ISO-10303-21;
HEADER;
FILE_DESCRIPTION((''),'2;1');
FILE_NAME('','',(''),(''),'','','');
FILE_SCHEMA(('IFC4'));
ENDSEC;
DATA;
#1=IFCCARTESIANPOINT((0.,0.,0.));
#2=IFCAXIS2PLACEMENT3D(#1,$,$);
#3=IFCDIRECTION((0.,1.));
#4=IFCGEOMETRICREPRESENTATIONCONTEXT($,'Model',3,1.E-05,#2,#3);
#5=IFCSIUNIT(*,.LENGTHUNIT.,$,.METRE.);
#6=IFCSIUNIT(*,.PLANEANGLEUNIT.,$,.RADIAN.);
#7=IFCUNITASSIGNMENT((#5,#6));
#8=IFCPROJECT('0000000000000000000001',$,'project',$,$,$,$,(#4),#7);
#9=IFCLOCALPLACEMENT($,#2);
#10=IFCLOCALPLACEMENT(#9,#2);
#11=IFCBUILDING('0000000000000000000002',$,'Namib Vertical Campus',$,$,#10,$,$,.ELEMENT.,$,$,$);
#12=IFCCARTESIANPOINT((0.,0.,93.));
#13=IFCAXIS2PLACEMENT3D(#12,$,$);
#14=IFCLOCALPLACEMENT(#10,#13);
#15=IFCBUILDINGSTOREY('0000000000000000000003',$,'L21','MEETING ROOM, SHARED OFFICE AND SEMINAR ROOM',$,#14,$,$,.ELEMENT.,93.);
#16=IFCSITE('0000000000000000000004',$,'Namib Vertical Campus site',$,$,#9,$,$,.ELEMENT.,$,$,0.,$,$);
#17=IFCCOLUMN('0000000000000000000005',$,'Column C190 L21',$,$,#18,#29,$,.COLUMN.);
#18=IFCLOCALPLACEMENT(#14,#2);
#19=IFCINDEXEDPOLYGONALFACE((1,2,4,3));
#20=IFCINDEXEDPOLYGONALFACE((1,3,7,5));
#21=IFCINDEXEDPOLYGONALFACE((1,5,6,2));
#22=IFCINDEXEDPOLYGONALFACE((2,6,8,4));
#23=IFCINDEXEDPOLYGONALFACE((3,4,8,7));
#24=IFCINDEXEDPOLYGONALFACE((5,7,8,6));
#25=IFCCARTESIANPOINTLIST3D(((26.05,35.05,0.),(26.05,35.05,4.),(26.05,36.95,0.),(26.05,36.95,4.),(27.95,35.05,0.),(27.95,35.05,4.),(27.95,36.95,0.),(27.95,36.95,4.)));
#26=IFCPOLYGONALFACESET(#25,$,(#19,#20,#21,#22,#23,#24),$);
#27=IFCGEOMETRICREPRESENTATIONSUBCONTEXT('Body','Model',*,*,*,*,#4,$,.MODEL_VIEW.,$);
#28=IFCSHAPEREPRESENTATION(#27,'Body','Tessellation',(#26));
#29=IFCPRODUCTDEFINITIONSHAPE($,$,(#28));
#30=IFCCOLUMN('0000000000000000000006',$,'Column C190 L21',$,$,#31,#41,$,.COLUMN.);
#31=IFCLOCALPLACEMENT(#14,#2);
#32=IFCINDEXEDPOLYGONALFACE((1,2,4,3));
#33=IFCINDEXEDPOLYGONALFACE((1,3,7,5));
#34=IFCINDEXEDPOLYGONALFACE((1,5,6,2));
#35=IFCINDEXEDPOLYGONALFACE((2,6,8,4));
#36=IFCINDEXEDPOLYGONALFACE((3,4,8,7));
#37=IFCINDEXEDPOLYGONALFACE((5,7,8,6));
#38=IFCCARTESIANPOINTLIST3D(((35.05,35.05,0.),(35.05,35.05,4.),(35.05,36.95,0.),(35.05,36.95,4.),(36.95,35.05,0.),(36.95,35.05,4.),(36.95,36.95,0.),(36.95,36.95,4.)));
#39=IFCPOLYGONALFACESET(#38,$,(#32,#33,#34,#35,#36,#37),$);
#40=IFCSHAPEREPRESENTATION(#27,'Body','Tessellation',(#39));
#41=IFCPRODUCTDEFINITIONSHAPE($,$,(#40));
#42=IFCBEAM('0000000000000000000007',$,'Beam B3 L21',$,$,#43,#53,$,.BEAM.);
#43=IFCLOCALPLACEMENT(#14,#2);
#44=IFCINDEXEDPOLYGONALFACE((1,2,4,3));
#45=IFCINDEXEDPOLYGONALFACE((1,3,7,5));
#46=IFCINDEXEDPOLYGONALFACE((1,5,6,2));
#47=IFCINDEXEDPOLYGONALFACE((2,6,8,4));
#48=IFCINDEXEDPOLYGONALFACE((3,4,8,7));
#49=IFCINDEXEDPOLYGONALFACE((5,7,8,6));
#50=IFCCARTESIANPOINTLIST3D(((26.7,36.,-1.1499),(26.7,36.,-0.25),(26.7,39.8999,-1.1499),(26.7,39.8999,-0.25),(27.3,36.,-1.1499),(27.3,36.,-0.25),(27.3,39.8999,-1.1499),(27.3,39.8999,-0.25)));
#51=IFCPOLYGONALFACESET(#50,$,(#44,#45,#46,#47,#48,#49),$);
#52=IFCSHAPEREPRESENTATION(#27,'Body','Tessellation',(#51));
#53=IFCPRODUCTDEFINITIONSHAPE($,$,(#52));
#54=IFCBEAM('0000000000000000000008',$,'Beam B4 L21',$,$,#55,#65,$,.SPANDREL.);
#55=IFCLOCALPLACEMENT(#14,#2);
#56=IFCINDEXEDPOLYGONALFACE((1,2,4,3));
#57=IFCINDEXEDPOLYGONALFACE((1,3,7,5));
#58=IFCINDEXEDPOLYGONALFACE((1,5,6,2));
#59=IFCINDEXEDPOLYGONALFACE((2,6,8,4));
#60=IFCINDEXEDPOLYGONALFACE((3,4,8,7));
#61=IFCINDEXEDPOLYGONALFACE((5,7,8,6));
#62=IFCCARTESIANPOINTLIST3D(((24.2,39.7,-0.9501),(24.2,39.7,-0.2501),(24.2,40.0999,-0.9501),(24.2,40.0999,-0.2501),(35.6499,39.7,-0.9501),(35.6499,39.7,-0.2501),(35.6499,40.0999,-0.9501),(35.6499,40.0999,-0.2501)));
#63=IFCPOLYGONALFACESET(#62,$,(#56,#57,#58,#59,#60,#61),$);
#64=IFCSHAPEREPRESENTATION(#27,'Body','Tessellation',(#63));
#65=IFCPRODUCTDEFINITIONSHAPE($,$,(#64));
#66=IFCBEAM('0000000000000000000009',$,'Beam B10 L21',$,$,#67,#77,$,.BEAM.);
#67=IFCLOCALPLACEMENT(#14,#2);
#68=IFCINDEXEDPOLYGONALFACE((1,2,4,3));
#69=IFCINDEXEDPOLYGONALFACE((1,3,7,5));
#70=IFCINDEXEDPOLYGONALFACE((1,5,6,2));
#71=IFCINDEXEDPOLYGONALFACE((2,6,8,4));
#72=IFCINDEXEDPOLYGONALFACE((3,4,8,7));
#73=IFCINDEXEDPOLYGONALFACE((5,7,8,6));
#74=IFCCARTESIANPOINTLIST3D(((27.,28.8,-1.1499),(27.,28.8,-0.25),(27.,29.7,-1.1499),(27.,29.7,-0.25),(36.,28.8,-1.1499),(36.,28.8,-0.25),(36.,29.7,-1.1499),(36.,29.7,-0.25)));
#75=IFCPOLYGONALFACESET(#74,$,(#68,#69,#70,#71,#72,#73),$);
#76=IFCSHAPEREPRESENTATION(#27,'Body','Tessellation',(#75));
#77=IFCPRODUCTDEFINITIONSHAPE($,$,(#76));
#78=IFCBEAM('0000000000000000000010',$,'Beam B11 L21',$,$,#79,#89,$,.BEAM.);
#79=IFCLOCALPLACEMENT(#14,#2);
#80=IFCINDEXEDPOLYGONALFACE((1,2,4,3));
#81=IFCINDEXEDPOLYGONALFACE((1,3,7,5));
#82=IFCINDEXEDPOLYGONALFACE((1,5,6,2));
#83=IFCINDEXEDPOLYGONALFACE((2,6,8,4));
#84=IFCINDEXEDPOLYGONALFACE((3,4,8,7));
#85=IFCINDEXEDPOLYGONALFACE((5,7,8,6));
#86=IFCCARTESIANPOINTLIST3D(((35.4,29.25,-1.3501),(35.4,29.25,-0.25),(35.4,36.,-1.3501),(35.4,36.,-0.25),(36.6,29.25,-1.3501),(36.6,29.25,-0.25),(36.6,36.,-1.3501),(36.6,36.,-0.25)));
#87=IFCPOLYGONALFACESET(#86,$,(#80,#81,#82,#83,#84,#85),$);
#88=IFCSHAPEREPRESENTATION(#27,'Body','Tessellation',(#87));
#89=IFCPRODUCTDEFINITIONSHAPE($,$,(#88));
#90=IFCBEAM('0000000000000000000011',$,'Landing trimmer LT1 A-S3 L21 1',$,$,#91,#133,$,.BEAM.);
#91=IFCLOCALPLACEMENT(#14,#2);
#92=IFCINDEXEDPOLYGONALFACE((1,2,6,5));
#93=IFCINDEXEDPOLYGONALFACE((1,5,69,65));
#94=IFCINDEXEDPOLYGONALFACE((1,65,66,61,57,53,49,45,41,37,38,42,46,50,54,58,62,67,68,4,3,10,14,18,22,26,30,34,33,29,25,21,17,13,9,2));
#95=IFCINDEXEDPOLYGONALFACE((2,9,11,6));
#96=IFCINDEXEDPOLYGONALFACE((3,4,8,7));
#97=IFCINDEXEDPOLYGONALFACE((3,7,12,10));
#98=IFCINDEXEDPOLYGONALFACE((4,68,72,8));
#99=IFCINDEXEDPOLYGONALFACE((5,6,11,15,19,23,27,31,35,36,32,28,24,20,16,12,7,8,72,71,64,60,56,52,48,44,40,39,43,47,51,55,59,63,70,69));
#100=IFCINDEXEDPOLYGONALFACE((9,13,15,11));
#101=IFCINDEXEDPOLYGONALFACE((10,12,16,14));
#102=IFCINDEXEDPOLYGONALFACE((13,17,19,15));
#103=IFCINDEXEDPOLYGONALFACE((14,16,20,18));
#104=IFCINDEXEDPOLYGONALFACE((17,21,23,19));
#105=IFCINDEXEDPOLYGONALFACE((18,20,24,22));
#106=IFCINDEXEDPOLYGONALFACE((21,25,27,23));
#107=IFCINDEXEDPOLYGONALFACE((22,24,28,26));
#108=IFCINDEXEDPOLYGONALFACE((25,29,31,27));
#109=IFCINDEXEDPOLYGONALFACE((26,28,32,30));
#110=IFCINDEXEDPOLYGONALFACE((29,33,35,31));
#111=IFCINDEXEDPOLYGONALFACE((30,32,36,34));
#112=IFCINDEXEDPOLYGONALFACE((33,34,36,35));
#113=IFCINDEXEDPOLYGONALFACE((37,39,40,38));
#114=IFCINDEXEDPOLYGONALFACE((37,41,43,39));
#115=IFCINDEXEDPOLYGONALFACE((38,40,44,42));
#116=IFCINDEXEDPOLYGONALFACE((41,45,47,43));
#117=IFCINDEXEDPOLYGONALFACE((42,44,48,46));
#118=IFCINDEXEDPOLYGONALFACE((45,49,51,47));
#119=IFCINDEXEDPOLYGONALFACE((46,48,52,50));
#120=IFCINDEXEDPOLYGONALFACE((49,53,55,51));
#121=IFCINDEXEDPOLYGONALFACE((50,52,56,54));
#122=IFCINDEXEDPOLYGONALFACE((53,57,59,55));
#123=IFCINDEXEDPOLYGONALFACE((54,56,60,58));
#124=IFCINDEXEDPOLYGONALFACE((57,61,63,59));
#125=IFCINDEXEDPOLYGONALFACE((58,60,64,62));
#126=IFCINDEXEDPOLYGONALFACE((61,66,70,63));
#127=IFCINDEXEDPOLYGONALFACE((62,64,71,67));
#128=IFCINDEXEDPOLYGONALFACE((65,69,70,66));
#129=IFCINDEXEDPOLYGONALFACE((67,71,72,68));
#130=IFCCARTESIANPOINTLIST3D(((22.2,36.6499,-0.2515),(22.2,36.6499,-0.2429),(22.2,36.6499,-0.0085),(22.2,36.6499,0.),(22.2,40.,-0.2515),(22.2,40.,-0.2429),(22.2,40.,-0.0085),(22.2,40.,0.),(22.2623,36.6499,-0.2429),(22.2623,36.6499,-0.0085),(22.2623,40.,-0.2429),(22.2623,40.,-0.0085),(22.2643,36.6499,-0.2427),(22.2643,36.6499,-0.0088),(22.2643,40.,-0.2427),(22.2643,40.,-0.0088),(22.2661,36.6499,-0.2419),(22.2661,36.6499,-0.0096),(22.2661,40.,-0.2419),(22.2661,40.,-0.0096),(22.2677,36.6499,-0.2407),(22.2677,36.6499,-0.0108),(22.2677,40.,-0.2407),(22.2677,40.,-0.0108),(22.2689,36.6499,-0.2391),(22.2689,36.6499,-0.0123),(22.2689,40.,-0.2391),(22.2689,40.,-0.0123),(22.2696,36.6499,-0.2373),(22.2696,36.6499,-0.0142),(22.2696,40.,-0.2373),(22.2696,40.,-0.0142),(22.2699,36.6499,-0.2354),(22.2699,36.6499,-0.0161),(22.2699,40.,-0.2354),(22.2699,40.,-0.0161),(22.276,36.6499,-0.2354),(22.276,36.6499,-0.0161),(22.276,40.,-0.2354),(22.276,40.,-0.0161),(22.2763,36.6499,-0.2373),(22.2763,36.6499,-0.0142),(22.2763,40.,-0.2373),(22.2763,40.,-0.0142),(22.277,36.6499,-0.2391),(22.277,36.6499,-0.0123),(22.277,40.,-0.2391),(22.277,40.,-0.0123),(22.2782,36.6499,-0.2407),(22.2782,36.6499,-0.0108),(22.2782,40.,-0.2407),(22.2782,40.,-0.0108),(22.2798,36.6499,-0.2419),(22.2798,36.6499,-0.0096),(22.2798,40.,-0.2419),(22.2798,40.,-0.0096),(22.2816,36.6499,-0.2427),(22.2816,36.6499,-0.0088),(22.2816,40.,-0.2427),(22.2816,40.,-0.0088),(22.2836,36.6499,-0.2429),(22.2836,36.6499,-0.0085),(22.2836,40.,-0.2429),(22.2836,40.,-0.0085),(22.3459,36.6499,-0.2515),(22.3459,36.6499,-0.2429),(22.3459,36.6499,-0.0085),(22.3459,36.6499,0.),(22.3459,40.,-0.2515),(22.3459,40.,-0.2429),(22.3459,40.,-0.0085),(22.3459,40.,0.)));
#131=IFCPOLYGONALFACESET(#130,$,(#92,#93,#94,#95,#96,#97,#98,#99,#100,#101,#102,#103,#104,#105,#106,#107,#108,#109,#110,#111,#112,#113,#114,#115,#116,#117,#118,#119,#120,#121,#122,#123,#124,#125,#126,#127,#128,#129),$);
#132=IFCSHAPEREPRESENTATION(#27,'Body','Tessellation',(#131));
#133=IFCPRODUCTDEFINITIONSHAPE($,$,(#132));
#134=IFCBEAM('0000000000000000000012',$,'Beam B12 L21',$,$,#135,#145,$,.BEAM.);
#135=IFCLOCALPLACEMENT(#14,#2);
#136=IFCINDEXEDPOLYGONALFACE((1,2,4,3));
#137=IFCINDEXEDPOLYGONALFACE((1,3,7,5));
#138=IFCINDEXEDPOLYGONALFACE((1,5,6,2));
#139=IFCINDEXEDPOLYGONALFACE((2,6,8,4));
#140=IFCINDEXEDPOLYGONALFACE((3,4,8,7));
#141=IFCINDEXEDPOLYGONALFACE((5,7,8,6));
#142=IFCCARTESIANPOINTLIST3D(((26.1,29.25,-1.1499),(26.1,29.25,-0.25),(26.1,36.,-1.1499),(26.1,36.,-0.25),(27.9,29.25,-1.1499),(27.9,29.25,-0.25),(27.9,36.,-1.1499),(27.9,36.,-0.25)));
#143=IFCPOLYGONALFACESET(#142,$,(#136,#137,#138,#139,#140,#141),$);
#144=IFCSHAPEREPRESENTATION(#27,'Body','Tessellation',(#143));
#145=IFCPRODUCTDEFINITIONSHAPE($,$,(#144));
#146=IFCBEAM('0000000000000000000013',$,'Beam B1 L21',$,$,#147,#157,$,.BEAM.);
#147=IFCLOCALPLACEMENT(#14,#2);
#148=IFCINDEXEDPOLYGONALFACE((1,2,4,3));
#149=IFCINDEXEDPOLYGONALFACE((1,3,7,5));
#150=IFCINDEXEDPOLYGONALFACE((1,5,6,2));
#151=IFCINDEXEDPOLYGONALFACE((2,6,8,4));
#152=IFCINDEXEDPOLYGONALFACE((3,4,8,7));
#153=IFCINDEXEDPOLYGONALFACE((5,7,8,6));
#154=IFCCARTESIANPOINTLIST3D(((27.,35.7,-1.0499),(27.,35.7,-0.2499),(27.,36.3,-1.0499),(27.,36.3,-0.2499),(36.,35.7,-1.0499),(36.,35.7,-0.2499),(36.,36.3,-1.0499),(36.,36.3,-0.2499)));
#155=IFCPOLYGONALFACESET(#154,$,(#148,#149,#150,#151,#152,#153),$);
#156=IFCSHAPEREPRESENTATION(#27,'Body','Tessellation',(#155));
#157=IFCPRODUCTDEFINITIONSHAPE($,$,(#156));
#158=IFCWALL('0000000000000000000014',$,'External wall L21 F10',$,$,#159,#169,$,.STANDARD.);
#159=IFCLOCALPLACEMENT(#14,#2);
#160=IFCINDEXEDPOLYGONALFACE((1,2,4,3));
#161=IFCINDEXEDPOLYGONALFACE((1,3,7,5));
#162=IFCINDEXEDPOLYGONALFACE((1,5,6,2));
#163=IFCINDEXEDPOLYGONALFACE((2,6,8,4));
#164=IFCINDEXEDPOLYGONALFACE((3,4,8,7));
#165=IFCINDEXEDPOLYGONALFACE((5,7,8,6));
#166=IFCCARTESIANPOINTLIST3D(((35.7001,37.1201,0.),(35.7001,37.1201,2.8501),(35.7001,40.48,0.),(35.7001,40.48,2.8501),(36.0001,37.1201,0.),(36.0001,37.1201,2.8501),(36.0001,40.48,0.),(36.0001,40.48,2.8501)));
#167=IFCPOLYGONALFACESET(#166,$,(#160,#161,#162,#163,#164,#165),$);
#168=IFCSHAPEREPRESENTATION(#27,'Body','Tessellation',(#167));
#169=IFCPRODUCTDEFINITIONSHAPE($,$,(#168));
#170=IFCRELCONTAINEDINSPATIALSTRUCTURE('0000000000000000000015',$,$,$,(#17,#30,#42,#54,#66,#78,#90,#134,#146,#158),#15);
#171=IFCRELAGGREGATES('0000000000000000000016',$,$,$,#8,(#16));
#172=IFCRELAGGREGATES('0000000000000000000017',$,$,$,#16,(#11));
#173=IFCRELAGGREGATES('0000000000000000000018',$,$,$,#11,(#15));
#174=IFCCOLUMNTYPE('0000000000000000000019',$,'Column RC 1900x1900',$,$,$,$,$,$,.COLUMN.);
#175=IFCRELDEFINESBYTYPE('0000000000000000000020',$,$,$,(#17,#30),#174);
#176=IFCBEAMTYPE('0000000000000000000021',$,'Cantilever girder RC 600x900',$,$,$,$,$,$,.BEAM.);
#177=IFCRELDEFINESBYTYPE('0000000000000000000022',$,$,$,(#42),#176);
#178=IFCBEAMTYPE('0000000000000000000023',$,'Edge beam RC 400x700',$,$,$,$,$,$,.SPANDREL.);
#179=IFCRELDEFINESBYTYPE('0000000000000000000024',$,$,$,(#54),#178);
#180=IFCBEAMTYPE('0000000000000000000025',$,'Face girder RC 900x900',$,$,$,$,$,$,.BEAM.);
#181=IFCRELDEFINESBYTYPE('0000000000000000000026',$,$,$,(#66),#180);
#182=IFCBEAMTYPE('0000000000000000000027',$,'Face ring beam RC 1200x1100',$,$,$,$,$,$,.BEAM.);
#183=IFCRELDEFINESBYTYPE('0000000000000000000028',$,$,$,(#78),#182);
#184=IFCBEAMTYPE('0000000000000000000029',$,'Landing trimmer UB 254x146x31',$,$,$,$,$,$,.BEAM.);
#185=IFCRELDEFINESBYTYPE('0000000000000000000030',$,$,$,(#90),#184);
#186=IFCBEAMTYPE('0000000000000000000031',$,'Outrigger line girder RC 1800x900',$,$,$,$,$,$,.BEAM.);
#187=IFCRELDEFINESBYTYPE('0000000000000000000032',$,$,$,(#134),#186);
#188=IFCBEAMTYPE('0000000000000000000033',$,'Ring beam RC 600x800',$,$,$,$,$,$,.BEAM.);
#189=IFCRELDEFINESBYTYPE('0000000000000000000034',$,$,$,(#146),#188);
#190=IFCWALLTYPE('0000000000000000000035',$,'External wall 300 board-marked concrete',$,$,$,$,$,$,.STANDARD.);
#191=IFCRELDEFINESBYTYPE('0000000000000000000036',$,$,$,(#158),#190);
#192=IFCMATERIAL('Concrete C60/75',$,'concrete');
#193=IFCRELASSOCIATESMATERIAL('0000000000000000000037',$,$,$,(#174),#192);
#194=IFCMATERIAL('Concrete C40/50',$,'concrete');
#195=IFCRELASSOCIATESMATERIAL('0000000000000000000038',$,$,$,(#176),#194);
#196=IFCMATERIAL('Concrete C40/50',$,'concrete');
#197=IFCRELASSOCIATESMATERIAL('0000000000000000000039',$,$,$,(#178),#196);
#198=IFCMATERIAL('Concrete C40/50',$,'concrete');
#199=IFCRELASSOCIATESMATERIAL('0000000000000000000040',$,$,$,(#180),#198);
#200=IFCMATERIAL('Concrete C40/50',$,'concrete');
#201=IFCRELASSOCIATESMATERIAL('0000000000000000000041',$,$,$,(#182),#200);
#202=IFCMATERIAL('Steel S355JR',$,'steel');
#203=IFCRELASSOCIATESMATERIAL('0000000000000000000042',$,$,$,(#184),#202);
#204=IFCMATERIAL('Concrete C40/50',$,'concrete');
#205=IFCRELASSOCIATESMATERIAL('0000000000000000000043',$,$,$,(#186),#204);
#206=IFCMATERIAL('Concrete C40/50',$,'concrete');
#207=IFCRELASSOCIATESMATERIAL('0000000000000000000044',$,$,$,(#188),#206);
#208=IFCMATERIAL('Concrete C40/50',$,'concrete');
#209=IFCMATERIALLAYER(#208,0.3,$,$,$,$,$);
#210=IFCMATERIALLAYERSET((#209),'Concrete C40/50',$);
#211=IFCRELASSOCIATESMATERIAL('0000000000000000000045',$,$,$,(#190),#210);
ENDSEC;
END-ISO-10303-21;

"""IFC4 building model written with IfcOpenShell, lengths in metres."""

from ifc_helpers import new_model, si_unit, direction, frame, frame_2d, origin, origin_2d, place, context, subcontext, project, spatial, rectangle, i_section, extrude, material, layer, layer_set, material_profile, profile_set, type_object, element, save


model = new_model("IFC4")

# Units and contexts
model_context = context("Model", 3, precision=1e-05, world=origin(), true_north=direction((0.0, 1.0)))
body_context = subcontext(model_context, "Body", "Model", "MODEL_VIEW")
ifc_project = project(units=[si_unit("LENGTHUNIT", "METRE"), si_unit("PLANEANGLEUNIT", "RADIAN")], contexts=[model_context])

# Site, building, storey
site_placement = place(None, origin())
site = spatial("IfcSite", under=ifc_project, at=site_placement, Name="Namib Vertical Campus site", CompositionType="ELEMENT", RefElevation=0.0)
building_placement = place(site_placement, origin())
building = spatial("IfcBuilding", under=site, at=building_placement, Name="Namib Vertical Campus", CompositionType="ELEMENT")
storey_placement = place(building_placement, frame((0.0, 0.0, 93.0)))
storey = spatial("IfcBuildingStorey", under=building, at=storey_placement, Name="L21", Description="MEETING ROOM, SHARED OFFICE AND SEMINAR ROOM", CompositionType="ELEMENT", Elevation=93.0)

# Columns
ifc_material_1 = material(Name="Concrete C60/75", Category="concrete")
ifc_material_profile_1 = material_profile(ifc_material_1, rectangle(XDim=1.8999, YDim=1.8999, at=origin_2d()))
ifc_profile_set_1 = profile_set([ifc_material_profile_1], Name="Concrete C60/75")
column_type = type_object("IfcColumnType", Name="Column RC 1900x1900", PredefinedType="COLUMN", material=ifc_profile_set_1)
for number, where, z_axis, x_axis, name in (
    (1, (27.0, 36.0, 0.0), (0.0, 0.0, 1.0), (1.0, 0.0, 0.0), "Column C190 L21"),
    (2, (36.0, 36.0, 0.0), (0.0, 0.0, 1.0), (1.0, 0.0, 0.0), "Column C190 L21"),
):
    element("IfcColumn", number, at=place(storey_placement, frame(where, z_axis=z_axis, x_axis=x_axis)), inside=storey, type_object=column_type, Name=name, PredefinedType="COLUMN", context=body_context, shape_type="SweptSolid", body=[
        extrude(rectangle(XDim=1.8999, YDim=1.8999, at=origin_2d()), origin(), (0.0, 0.0, 1.0), 4.0),
    ])

# Beams
ifc_material_2 = material(Name="Concrete C40/50", Category="concrete")
ifc_material_profile_2 = material_profile(ifc_material_2, rectangle(XDim=0.6001, YDim=0.8999, at=origin_2d()))
ifc_profile_set_2 = profile_set([ifc_material_profile_2], Name="Concrete C40/50")
beam_type_1 = type_object("IfcBeamType", Name="Cantilever girder RC 600x900", PredefinedType="BEAM", material=ifc_profile_set_2)
beam_1_placement = place(storey_placement, frame((27.0, 36.0, -0.7), z_axis=(0.0, 1.0, 0.0), x_axis=(-1.0, 0.0, 0.0)))
element("IfcBeam", 3, at=beam_1_placement, inside=storey, type_object=beam_type_1, Name="Beam B3 L21", PredefinedType="BEAM", context=body_context, shape_type="SweptSolid", body=[
    extrude(rectangle(XDim=0.6001, YDim=0.8999, at=origin_2d()), origin(), (0.0, 0.0, 1.0), 3.8999),
])
ifc_material_3 = material(Name="Concrete C40/50", Category="concrete")
ifc_material_profile_3 = material_profile(ifc_material_3, rectangle(XDim=0.3999, YDim=0.7, at=origin_2d()))
ifc_profile_set_3 = profile_set([ifc_material_profile_3], Name="Concrete C40/50")
beam_type_2 = type_object("IfcBeamType", Name="Edge beam RC 400x700", PredefinedType="SPANDREL", material=ifc_profile_set_3)
beam_2_placement = place(storey_placement, frame((24.2, 39.8999, -0.6001), z_axis=(1.0, 0.0, 0.0), x_axis=(0.0, 1.0, 0.0)))
element("IfcBeam", 4, at=beam_2_placement, inside=storey, type_object=beam_type_2, Name="Beam B4 L21", PredefinedType="SPANDREL", context=body_context, shape_type="SweptSolid", body=[
    extrude(rectangle(XDim=0.3999, YDim=0.7, at=origin_2d()), origin(), (0.0, 0.0, 1.0), 11.45),
])
ifc_material_4 = material(Name="Concrete C40/50", Category="concrete")
ifc_material_profile_4 = material_profile(ifc_material_4, rectangle(XDim=0.8999, YDim=0.8999, at=origin_2d()))
ifc_profile_set_4 = profile_set([ifc_material_profile_4], Name="Concrete C40/50")
beam_type_3 = type_object("IfcBeamType", Name="Face girder RC 900x900", PredefinedType="BEAM", material=ifc_profile_set_4)
beam_3_placement = place(storey_placement, frame((36.0, 29.25, -0.7), z_axis=(-1.0, 0.0, 0.0), x_axis=(0.0, -1.0, 0.0)))
element("IfcBeam", 5, at=beam_3_placement, inside=storey, type_object=beam_type_3, Name="Beam B10 L21", PredefinedType="BEAM", context=body_context, shape_type="SweptSolid", body=[
    extrude(rectangle(XDim=0.8999, YDim=0.8999, at=origin_2d()), origin(), (0.0, 0.0, 1.0), 9.0),
])
ifc_material_5 = material(Name="Concrete C40/50", Category="concrete")
ifc_material_profile_5 = material_profile(ifc_material_5, rectangle(XDim=1.2, YDim=1.1001, at=origin_2d()))
ifc_profile_set_5 = profile_set([ifc_material_profile_5], Name="Concrete C40/50")
beam_type_4 = type_object("IfcBeamType", Name="Face ring beam RC 1200x1100", PredefinedType="BEAM", material=ifc_profile_set_5)
beam_4_placement = place(storey_placement, frame((36.0, 29.25, -0.8), z_axis=(0.0, 1.0, 0.0), x_axis=(-1.0, 0.0, 0.0)))
element("IfcBeam", 6, at=beam_4_placement, inside=storey, type_object=beam_type_4, Name="Beam B11 L21", PredefinedType="BEAM", context=body_context, shape_type="SweptSolid", body=[
    extrude(rectangle(XDim=1.2, YDim=1.1001, at=origin_2d()), origin(), (0.0, 0.0, 1.0), 6.75),
])
ifc_material_6 = material(Name="Steel S355JR", Category="steel")
ifc_material_profile_6 = material_profile(ifc_material_6, i_section(OverallWidth=0.146, OverallDepth=0.2515, WebThickness=0.0061, FlangeThickness=0.0085, FilletRadius=0.0076, at=origin_2d()))
ifc_profile_set_6 = profile_set([ifc_material_profile_6], Name="Steel S355JR")
beam_type_5 = type_object("IfcBeamType", Name="Landing trimmer UB 254x146x31", PredefinedType="BEAM", material=ifc_profile_set_6)
beam_5_placement = place(storey_placement, frame((22.2729, 36.6499, -0.1257), z_axis=(0.0, 1.0, 0.0), x_axis=(-1.0, 0.0, 0.0)))
element("IfcBeam", 7, at=beam_5_placement, inside=storey, type_object=beam_type_5, Name="Landing trimmer LT1 A-S3 L21 1", PredefinedType="BEAM", context=body_context, shape_type="SweptSolid", body=[
    extrude(i_section(OverallWidth=0.146, OverallDepth=0.2515, WebThickness=0.0061, FlangeThickness=0.0085, FilletRadius=0.0076, at=origin_2d()), origin(), (0.0, 0.0, 1.0), 3.3501),
])
ifc_material_7 = material(Name="Concrete C40/50", Category="concrete")
ifc_material_profile_7 = material_profile(ifc_material_7, rectangle(XDim=1.8, YDim=0.8999, at=origin_2d()))
ifc_profile_set_7 = profile_set([ifc_material_profile_7], Name="Concrete C40/50")
beam_type_6 = type_object("IfcBeamType", Name="Outrigger line girder RC 1800x900", PredefinedType="BEAM", material=ifc_profile_set_7)
beam_6_placement = place(storey_placement, frame((27.0, 36.0, -0.7), z_axis=(0.0, -1.0, 0.0), x_axis=(1.0, 0.0, 0.0)))
element("IfcBeam", 8, at=beam_6_placement, inside=storey, type_object=beam_type_6, Name="Beam B12 L21", PredefinedType="BEAM", context=body_context, shape_type="SweptSolid", body=[
    extrude(rectangle(XDim=1.8, YDim=0.8999, at=origin_2d()), origin(), (0.0, 0.0, 1.0), 6.75),
])
ifc_material_8 = material(Name="Concrete C40/50", Category="concrete")
ifc_material_profile_8 = material_profile(ifc_material_8, rectangle(XDim=0.6001, YDim=0.8, at=origin_2d()))
ifc_profile_set_8 = profile_set([ifc_material_profile_8], Name="Concrete C40/50")
beam_type_7 = type_object("IfcBeamType", Name="Ring beam RC 600x800", PredefinedType="BEAM", material=ifc_profile_set_8)
beam_7_placement = place(storey_placement, frame((27.0, 36.0, -0.6499), z_axis=(1.0, 0.0, 0.0), x_axis=(0.0, 1.0, 0.0)))
element("IfcBeam", 9, at=beam_7_placement, inside=storey, type_object=beam_type_7, Name="Beam B1 L21", PredefinedType="BEAM", context=body_context, shape_type="SweptSolid", body=[
    extrude(rectangle(XDim=0.6001, YDim=0.8, at=origin_2d()), origin(), (0.0, 0.0, 1.0), 9.0),
])

# Wall
ifc_material_9 = material(Name="Concrete C40/50", Category="concrete")
ifc_layer_1 = layer(ifc_material_9, 0.3)
ifc_layer_set_1 = layer_set([ifc_layer_1], Name="Concrete C40/50")
wall_type_1 = type_object("IfcWallType", Name="External wall 300 board-marked concrete", PredefinedType="STANDARD", material=ifc_layer_set_1)
wall_1_placement = place(storey_placement, frame((35.8501, 37.1201, 0.0), z_axis=(0.0, 0.0, 1.0), x_axis=(0.0, 1.0, 0.0)))
element("IfcWall", 10, at=wall_1_placement, inside=storey, type_object=wall_type_1, Name="External wall L21 F10", PredefinedType="STANDARD", context=body_context, shape_type="SweptSolid", body=[
    extrude(rectangle(XDim=3.3599, YDim=0.3, at=frame_2d((1.6799, 0.0))), origin(), (0.0, 0.0, 1.0), 2.8501),
])

save(model, "model.ifc")
